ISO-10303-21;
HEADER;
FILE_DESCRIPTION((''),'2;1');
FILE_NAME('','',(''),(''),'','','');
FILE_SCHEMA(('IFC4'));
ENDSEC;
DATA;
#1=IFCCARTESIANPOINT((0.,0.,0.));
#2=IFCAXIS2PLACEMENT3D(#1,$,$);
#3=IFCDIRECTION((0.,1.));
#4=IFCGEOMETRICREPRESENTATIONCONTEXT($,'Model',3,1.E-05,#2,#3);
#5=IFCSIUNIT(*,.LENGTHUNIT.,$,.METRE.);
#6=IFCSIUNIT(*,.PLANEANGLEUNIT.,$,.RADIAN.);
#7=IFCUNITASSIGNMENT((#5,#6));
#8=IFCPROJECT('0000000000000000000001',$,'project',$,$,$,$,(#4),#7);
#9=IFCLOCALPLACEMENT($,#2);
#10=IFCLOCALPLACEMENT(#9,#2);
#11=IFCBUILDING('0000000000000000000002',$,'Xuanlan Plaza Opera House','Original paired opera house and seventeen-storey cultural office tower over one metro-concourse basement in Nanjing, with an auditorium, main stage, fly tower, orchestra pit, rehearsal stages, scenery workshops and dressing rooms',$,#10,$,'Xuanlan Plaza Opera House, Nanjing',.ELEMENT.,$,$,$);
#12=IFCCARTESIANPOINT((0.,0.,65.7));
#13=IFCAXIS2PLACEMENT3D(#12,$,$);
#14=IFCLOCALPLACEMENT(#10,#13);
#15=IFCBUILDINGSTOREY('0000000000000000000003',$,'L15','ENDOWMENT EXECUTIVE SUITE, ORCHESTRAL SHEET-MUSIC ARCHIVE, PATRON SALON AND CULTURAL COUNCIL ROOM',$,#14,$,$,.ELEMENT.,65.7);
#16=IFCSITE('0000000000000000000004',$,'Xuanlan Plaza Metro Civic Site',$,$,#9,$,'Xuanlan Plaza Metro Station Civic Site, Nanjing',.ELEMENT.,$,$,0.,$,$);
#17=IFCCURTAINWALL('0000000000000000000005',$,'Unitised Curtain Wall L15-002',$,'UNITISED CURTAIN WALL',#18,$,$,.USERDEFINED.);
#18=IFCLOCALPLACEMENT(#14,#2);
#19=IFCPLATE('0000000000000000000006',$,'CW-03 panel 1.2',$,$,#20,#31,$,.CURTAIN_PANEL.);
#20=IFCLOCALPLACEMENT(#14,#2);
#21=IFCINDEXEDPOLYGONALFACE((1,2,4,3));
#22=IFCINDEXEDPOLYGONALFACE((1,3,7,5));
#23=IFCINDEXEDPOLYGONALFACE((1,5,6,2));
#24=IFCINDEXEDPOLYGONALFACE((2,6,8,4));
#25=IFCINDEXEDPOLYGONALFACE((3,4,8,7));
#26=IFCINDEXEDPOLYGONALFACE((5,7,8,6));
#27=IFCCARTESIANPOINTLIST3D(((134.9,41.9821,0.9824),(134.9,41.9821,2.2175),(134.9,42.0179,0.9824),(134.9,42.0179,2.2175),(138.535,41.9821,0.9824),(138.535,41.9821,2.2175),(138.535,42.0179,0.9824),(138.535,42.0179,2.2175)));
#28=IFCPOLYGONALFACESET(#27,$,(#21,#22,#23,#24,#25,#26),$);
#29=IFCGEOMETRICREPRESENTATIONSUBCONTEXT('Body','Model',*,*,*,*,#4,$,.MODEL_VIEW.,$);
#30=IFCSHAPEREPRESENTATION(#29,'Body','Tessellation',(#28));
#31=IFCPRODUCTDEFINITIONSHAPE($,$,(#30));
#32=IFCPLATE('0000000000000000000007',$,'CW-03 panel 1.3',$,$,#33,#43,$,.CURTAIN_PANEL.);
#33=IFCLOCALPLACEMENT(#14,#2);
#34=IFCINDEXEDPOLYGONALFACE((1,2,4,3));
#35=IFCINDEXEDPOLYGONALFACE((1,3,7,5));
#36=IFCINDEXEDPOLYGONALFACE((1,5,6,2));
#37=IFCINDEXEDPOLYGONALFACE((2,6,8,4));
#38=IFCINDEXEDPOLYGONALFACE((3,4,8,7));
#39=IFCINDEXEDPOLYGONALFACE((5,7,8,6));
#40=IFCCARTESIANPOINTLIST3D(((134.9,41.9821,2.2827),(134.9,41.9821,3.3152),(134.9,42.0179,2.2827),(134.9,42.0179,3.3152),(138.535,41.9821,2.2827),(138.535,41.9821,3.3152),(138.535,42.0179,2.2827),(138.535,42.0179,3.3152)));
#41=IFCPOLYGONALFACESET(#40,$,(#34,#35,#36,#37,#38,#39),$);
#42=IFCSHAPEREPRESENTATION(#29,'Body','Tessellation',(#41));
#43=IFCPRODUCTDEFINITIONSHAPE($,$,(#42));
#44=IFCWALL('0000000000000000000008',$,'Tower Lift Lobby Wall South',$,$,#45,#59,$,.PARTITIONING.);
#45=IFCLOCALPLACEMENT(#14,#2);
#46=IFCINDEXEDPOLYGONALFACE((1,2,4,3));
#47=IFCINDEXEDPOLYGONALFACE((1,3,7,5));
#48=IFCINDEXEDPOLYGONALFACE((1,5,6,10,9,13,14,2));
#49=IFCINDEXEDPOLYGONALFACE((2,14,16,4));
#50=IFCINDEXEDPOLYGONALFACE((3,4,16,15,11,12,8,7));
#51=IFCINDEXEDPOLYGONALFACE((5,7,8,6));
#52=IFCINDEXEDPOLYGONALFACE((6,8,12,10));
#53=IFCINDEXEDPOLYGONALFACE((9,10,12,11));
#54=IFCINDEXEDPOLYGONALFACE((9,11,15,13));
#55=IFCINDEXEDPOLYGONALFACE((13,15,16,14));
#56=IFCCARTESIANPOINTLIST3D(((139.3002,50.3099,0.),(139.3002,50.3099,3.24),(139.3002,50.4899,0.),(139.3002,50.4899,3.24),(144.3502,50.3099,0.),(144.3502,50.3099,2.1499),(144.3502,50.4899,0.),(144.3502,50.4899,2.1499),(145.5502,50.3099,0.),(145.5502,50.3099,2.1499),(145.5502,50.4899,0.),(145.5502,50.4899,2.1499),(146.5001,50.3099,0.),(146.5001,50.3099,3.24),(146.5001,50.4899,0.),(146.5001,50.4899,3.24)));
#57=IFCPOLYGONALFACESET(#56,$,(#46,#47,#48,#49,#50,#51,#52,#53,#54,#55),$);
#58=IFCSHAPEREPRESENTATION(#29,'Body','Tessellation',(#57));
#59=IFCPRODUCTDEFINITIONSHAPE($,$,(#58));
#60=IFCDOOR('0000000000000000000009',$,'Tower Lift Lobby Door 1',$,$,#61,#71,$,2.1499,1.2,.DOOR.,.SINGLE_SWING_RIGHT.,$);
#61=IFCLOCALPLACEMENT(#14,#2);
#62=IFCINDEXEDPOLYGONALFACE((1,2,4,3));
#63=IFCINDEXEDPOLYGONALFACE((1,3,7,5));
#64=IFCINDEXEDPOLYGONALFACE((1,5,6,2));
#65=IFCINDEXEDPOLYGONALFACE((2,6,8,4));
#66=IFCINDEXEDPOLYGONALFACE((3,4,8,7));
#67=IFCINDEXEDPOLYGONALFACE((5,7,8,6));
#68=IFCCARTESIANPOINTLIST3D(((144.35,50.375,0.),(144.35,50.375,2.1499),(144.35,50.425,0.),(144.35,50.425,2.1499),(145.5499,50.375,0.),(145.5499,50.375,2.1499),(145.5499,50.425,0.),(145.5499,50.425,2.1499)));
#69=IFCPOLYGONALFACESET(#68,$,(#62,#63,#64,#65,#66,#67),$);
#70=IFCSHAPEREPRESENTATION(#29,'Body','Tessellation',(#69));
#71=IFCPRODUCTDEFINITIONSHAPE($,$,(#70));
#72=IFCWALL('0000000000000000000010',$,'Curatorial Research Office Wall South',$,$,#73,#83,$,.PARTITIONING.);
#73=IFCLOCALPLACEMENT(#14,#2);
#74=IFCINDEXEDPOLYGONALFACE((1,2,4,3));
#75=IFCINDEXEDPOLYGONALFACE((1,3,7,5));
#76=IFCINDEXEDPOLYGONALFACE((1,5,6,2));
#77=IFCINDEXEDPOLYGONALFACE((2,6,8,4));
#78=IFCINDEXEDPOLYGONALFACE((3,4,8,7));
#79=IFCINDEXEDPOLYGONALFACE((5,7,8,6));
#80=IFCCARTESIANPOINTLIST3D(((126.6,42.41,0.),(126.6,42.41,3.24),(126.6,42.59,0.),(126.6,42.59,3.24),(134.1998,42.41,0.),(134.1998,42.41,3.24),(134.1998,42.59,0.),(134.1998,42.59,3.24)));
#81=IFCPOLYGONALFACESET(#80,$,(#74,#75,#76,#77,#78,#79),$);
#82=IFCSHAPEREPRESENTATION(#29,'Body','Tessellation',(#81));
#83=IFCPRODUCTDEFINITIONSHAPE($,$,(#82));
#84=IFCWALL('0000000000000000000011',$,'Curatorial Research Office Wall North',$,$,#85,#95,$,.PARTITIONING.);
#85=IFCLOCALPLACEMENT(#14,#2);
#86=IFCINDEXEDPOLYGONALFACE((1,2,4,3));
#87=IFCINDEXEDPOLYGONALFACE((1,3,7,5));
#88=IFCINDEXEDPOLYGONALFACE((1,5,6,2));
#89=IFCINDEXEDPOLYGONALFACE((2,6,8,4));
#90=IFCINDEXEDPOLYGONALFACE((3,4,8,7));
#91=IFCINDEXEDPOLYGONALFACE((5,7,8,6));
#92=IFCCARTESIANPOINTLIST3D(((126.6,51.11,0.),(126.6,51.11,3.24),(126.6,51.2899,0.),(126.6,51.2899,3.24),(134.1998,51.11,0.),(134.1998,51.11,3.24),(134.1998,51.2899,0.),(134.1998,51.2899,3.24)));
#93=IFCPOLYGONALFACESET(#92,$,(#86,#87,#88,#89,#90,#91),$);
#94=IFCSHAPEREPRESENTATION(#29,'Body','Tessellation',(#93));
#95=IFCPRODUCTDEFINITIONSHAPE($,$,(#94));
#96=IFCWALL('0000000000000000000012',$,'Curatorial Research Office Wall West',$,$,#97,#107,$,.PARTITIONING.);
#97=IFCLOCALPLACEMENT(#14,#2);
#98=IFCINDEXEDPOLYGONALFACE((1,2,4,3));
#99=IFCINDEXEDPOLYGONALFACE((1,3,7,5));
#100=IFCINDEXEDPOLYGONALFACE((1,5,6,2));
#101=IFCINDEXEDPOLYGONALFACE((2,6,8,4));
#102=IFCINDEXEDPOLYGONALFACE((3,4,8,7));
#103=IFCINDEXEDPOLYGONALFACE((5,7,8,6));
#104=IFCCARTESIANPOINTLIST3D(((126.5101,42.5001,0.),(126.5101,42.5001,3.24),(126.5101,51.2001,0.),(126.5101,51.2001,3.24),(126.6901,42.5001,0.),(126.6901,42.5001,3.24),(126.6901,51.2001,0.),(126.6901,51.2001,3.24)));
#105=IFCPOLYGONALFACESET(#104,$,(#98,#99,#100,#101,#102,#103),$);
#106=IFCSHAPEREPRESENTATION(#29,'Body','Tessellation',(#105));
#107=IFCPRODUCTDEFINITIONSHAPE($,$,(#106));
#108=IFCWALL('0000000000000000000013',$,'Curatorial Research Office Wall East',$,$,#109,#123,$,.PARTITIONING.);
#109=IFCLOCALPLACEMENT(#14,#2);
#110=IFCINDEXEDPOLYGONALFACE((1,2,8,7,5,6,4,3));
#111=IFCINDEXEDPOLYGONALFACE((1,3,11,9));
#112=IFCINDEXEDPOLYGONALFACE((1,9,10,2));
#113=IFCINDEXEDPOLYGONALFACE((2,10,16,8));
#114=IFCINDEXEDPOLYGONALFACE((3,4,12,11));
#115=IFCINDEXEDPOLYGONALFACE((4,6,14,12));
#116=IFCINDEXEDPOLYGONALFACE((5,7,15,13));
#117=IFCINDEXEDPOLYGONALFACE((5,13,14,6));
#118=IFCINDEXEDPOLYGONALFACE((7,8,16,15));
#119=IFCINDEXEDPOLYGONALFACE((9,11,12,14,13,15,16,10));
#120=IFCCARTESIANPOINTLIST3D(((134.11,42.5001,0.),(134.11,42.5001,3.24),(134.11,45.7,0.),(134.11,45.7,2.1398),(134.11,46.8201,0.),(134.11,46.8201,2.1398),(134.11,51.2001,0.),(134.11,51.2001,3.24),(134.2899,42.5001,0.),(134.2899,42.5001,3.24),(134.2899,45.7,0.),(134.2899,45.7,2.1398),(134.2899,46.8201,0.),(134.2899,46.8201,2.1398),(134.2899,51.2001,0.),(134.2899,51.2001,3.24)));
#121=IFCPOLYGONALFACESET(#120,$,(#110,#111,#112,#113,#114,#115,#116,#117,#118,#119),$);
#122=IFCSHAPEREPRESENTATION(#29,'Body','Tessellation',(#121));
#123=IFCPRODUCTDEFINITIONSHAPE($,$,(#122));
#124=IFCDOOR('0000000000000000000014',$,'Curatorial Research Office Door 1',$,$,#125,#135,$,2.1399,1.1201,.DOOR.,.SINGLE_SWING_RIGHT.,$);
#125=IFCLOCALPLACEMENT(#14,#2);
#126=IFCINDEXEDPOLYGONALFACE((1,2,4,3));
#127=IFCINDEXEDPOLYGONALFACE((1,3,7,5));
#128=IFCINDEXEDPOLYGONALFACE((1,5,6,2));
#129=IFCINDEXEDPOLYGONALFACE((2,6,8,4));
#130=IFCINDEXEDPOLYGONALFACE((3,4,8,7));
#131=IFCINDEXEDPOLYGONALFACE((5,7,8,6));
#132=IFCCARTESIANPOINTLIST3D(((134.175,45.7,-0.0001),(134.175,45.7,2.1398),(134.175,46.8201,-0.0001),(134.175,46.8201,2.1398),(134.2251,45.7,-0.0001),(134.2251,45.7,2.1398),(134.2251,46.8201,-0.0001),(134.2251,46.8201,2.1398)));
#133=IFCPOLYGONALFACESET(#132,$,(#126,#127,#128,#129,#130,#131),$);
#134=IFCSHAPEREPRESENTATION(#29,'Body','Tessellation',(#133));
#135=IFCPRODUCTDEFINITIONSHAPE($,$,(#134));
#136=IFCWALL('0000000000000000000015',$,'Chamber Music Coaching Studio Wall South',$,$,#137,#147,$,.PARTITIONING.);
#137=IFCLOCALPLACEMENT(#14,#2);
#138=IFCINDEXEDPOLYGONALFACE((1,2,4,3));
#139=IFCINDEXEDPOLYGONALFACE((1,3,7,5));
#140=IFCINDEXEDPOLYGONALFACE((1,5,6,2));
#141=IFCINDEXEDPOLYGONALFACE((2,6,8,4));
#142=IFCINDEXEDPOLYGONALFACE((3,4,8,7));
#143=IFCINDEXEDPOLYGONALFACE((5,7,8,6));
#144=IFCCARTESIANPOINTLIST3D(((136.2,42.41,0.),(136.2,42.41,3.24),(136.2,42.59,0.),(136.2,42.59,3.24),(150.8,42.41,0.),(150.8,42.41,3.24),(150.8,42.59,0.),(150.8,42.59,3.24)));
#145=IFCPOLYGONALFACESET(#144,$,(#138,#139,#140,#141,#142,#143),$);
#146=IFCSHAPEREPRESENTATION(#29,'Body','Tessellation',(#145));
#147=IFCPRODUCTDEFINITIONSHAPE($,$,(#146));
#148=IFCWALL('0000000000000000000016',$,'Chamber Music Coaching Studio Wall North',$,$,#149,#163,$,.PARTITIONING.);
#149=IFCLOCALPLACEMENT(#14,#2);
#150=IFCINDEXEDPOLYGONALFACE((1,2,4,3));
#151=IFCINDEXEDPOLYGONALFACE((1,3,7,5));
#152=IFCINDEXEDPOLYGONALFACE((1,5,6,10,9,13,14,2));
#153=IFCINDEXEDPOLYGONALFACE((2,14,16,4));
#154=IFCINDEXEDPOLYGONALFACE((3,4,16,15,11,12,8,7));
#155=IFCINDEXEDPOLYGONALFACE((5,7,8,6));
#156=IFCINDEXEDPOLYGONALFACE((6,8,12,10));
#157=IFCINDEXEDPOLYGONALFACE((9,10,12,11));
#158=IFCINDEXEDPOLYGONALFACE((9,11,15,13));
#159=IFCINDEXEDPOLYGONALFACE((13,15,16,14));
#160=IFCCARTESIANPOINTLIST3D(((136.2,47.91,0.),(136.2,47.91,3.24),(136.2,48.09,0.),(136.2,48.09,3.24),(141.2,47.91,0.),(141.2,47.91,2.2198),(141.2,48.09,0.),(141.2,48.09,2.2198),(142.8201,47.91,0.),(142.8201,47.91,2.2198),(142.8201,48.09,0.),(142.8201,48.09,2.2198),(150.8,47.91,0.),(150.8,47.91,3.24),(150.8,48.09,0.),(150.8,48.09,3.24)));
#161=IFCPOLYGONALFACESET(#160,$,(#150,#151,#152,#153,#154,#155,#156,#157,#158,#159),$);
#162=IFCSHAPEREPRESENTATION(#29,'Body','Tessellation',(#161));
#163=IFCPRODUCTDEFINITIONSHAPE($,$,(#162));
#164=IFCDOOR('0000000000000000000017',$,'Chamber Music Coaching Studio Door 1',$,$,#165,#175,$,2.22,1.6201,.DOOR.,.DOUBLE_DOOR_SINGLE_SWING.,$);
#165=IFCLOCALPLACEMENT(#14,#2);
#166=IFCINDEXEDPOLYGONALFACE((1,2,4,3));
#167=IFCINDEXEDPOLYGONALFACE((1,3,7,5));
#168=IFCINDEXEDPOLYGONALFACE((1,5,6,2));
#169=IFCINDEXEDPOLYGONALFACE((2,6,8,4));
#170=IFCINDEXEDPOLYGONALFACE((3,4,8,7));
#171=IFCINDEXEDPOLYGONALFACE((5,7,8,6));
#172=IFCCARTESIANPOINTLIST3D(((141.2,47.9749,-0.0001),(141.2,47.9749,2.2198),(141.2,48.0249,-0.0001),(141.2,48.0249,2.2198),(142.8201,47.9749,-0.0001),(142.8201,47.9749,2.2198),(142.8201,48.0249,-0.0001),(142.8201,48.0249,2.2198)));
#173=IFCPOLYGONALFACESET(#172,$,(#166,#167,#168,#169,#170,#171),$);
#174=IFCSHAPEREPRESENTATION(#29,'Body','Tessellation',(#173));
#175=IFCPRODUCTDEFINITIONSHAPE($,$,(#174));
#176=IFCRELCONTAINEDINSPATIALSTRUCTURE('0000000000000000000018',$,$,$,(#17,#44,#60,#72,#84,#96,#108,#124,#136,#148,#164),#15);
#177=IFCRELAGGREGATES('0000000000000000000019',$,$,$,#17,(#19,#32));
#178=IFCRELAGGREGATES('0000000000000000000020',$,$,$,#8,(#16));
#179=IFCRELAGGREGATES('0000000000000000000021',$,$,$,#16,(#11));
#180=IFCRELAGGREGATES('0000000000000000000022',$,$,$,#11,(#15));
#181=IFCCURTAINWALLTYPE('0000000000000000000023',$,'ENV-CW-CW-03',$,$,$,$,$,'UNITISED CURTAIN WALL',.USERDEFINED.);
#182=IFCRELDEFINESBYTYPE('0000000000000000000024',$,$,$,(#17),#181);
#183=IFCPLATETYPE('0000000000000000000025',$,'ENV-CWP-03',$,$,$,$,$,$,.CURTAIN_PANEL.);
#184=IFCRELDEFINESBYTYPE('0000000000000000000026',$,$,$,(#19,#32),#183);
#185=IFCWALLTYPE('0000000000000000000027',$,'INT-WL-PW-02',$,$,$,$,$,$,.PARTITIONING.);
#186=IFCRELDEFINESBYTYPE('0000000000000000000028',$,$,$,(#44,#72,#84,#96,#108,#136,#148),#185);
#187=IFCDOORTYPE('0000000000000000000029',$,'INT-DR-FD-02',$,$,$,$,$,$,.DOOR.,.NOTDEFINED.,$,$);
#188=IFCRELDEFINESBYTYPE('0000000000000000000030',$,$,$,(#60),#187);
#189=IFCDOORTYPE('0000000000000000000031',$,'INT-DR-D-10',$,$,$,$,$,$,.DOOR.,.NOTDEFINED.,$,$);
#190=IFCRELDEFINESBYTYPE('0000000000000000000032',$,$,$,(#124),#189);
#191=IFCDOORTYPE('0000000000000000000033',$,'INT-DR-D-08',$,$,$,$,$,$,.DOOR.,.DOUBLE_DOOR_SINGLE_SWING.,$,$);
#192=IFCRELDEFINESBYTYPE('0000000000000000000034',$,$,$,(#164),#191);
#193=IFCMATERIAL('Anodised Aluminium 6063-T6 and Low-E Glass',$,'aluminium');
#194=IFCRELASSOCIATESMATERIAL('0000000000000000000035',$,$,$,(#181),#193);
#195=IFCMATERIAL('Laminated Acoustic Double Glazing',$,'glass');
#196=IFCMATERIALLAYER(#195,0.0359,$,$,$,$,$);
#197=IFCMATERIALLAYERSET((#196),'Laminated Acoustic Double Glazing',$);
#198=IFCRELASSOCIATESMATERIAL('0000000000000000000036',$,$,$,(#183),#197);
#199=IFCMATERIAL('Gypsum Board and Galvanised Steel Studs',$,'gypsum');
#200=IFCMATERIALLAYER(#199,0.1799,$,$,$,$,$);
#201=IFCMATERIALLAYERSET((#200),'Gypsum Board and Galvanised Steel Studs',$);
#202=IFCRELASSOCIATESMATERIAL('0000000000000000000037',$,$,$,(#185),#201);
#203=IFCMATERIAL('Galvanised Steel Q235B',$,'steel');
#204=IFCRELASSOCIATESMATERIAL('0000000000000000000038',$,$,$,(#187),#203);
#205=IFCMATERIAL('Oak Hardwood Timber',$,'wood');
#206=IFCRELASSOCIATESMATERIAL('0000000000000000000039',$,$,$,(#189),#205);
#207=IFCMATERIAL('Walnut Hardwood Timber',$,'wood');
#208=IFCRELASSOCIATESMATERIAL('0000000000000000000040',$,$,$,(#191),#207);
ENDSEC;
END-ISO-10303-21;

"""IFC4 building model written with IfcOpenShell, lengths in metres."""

from ifc_helpers import new_model, si_unit, direction, frame, frame_2d, origin, origin_2d, place, context, subcontext, project, spatial, rectangle, extrude, material, layer, layer_set, type_object, element, fill, aggregate, save


model = new_model("IFC4")

# Units and contexts
model_context = context("Model", 3, precision=1e-05, world=origin(), true_north=direction((0.0, 1.0)))
body_context = subcontext(model_context, "Body", "Model", "MODEL_VIEW")
ifc_project = project(units=[si_unit("LENGTHUNIT", "METRE"), si_unit("PLANEANGLEUNIT", "RADIAN")], contexts=[model_context])

# Site, building, storey
site_placement = place(None, origin())
site = spatial("IfcSite", under=ifc_project, at=site_placement, Name="Xuanlan Plaza Metro Civic Site", LongName="Xuanlan Plaza Metro Station Civic Site, Nanjing", CompositionType="ELEMENT", RefElevation=0.0)
building_placement = place(site_placement, origin())
building = spatial("IfcBuilding", under=site, at=building_placement, Name="Xuanlan Plaza Opera House", Description="Original paired opera house and seventeen-storey cultural office tower over one metro-concourse basement in Nanjing, with an auditorium, main stage, fly tower, orchestra pit, rehearsal stages, scenery workshops and dressing rooms", LongName="Xuanlan Plaza Opera House, Nanjing", CompositionType="ELEMENT")
storey_placement = place(building_placement, frame((0.0, 0.0, 65.7)))
storey = spatial("IfcBuildingStorey", under=building, at=storey_placement, Name="L15", Description="ENDOWMENT EXECUTIVE SUITE, ORCHESTRAL SHEET-MUSIC ARCHIVE, PATRON SALON AND CULTURAL COUNCIL ROOM", CompositionType="ELEMENT", Elevation=65.7)

# Curtain wall
ifc_material_1 = material(Name="Anodised Aluminium 6063-T6 and Low-E Glass", Category="aluminium")
curtain_wall_type = type_object("IfcCurtainWallType", Name="ENV-CW-CW-03", ElementType="UNITISED CURTAIN WALL", PredefinedType="USERDEFINED", material=ifc_material_1)
curtain_wall_placement = place(storey_placement, origin())
curtain_wall = element("IfcCurtainWall", 1, at=curtain_wall_placement, inside=storey, type_object=curtain_wall_type, Name="Unitised Curtain Wall L15-002", ObjectType="UNITISED CURTAIN WALL", PredefinedType="USERDEFINED")

# Plates
ifc_material_2 = material(Name="Laminated Acoustic Double Glazing", Category="glass")
ifc_layer_1 = layer(ifc_material_2, 0.0359)
ifc_layer_set_1 = layer_set([ifc_layer_1], Name="Laminated Acoustic Double Glazing")
plate_type = type_object("IfcPlateType", Name="ENV-CWP-03", PredefinedType="CURTAIN_PANEL", material=ifc_layer_set_1)
plate_1_placement = place(storey_placement, frame((136.7175, 42.0, 0.9824), z_axis=(0.0, 0.0, 1.0), x_axis=(1.0, 0.0, 0.0)))
plate_1 = element("IfcPlate", 2, at=plate_1_placement, type_object=plate_type, Name="CW-03 panel 1.2", PredefinedType="CURTAIN_PANEL", context=body_context, shape_type="SweptSolid", body=[
    extrude(rectangle(XDim=3.635, YDim=0.0359, at=origin_2d()), origin(), (0.0, 0.0, 1.0), 1.2351),
])
plate_2_placement = place(storey_placement, frame((136.7175, 42.0, 2.2827), z_axis=(0.0, 0.0, 1.0), x_axis=(1.0, 0.0, 0.0)))
plate_2 = element("IfcPlate", 3, at=plate_2_placement, type_object=plate_type, Name="CW-03 panel 1.3", PredefinedType="CURTAIN_PANEL", context=body_context, shape_type="SweptSolid", body=[
    extrude(rectangle(XDim=3.635, YDim=0.0359, at=origin_2d()), origin(), (0.0, 0.0, 1.0), 1.0325),
])
aggregate(curtain_wall, [plate_1, plate_2])

# Wall, opening, door
ifc_material_3 = material(Name="Gypsum Board and Galvanised Steel Studs", Category="gypsum")
ifc_layer_2 = layer(ifc_material_3, 0.1799)
ifc_layer_set_2 = layer_set([ifc_layer_2], Name="Gypsum Board and Galvanised Steel Studs")
wall_type_1 = type_object("IfcWallType", Name="INT-WL-PW-02", PredefinedType="PARTITIONING", material=ifc_layer_set_2)
wall_1_placement = place(storey_placement, frame((139.3, 50.3999, 0.0), z_axis=(0.0, 0.0, 1.0), x_axis=(1.0, 0.0, 0.0)))
wall_1 = element("IfcWall", 4, at=wall_1_placement, inside=storey, type_object=wall_type_1, Name="Tower Lift Lobby Wall South", PredefinedType="PARTITIONING", context=body_context, shape_type="SweptSolid", body=[
    extrude(rectangle(XDim=7.2, YDim=0.1799, at=frame_2d((3.6001, 0.0))), origin(), (0.0, 0.0, 1.0), 3.24),
])
opening_1_placement = place(wall_1_placement, frame((5.05, 0.0, 0.0)))
opening_1 = element("IfcOpeningElement", 5, at=opening_1_placement, cuts=wall_1, PredefinedType="OPENING", context=body_context, shape_type="SweptSolid", body=[
    extrude(rectangle(XDim=1.2, YDim=2.1499, at=frame_2d((0.6001, 1.075))), frame((0.0, 0.0999, 0.0), z_axis=(0.0, -1.0, 0.0), x_axis=(1.0, 0.0, 0.0)), (0.0, 0.0, 1.0), 0.2),
])
ifc_material_4 = material(Name="Galvanised Steel Q235B", Category="steel")
door_type_1 = type_object("IfcDoorType", Name="INT-DR-FD-02", OperationType="NOTDEFINED", PredefinedType="DOOR", material=ifc_material_4)
door_1_placement = place(opening_1_placement, frame((1.2, 0.0, 0.0), z_axis=(0.0, 0.0, 1.0), x_axis=(-1.0, 0.0, 0.0)))
door_1 = element("IfcDoor", 6, at=door_1_placement, inside=storey, type_object=door_type_1, Name="Tower Lift Lobby Door 1", OperationType="SINGLE_SWING_RIGHT", OverallHeight=2.1499, OverallWidth=1.2, PredefinedType="DOOR", context=body_context, shape_type="SweptSolid", body=[
    extrude(rectangle(XDim=1.2, YDim=2.1499, at=frame_2d((0.6001, 1.075))), frame((0.0, 0.0249, 0.0), z_axis=(0.0, -1.0, 0.0), x_axis=(1.0, 0.0, 0.0)), (0.0, 0.0, 1.0), 0.05),
])
fill(opening_1, door_1)

# Walls
for number, where, z_axis, x_axis, name in (
    (7, (126.6001, 42.5, 0.0), (0.0, 0.0, 1.0), (1.0, 0.0, 0.0), "Curatorial Research Office Wall South"),
    (8, (126.6001, 51.2, 0.0), (0.0, 0.0, 1.0), (1.0, 0.0, 0.0), "Curatorial Research Office Wall North"),
):
    element("IfcWall", number, at=place(storey_placement, frame(where, z_axis=z_axis, x_axis=x_axis)), inside=storey, type_object=wall_type_1, Name=name, PredefinedType="PARTITIONING", context=body_context, shape_type="SweptSolid", body=[
        extrude(rectangle(XDim=7.5999, YDim=0.1799, at=frame_2d((3.7998, 0.0))), origin(), (0.0, 0.0, 1.0), 3.24),
    ])
wall_2_placement = place(storey_placement, frame((126.6001, 42.5, 0.0), z_axis=(0.0, 0.0, 1.0), x_axis=(0.0, 1.0, 0.0)))
element("IfcWall", 9, at=wall_2_placement, inside=storey, type_object=wall_type_1, Name="Curatorial Research Office Wall West", PredefinedType="PARTITIONING", context=body_context, shape_type="SweptSolid", body=[
    extrude(rectangle(XDim=8.7, YDim=0.1799, at=frame_2d((4.3501, 0.0))), origin(), (0.0, 0.0, 1.0), 3.24),
])

# Wall, opening, door
wall_3_placement = place(storey_placement, frame((134.2, 42.5, 0.0), z_axis=(0.0, 0.0, 1.0), x_axis=(0.0, 1.0, 0.0)))
wall_3 = element("IfcWall", 10, at=wall_3_placement, inside=storey, type_object=wall_type_1, Name="Curatorial Research Office Wall East", PredefinedType="PARTITIONING", context=body_context, shape_type="SweptSolid", body=[
    extrude(rectangle(XDim=8.7, YDim=0.1799, at=frame_2d((4.3501, 0.0))), origin(), (0.0, 0.0, 1.0), 3.24),
])
opening_2_placement = place(wall_3_placement, frame((3.2, 0.0, 0.0)))
opening_2 = element("IfcOpeningElement", 11, at=opening_2_placement, cuts=wall_3, PredefinedType="OPENING", context=body_context, shape_type="SweptSolid", body=[
    extrude(rectangle(XDim=1.1201, YDim=2.1399, at=frame_2d((0.5601, 1.0698))), frame((0.0, 0.0999, 0.0), z_axis=(0.0, -1.0, 0.0), x_axis=(1.0, 0.0, 0.0)), (0.0, 0.0, 1.0), 0.2),
])
ifc_material_5 = material(Name="Oak Hardwood Timber", Category="wood")
door_type_2 = type_object("IfcDoorType", Name="INT-DR-D-10", OperationType="NOTDEFINED", PredefinedType="DOOR", material=ifc_material_5)
door_2_placement = place(opening_2_placement, origin())
door_2 = element("IfcDoor", 12, at=door_2_placement, inside=storey, type_object=door_type_2, Name="Curatorial Research Office Door 1", OperationType="SINGLE_SWING_RIGHT", OverallHeight=2.1399, OverallWidth=1.1201, PredefinedType="DOOR", context=body_context, shape_type="SweptSolid", body=[
    extrude(rectangle(XDim=1.1201, YDim=2.1399, at=frame_2d((0.5601, 1.0698))), frame((0.0, 0.0249, 0.0), z_axis=(0.0, -1.0, 0.0), x_axis=(1.0, 0.0, 0.0)), (0.0, 0.0, 1.0), 0.05),
])
fill(opening_2, door_2)

# Wall
wall_4_placement = place(storey_placement, frame((136.2, 42.5, 0.0), z_axis=(0.0, 0.0, 1.0), x_axis=(1.0, 0.0, 0.0)))
element("IfcWall", 13, at=wall_4_placement, inside=storey, type_object=wall_type_1, Name="Chamber Music Coaching Studio Wall South", PredefinedType="PARTITIONING", context=body_context, shape_type="SweptSolid", body=[
    extrude(rectangle(XDim=14.6001, YDim=0.1799, at=frame_2d((7.3, 0.0))), origin(), (0.0, 0.0, 1.0), 3.24),
])

# Wall, opening, door
wall_5_placement = place(storey_placement, frame((136.2, 48.0, 0.0), z_axis=(0.0, 0.0, 1.0), x_axis=(1.0, 0.0, 0.0)))
wall_5 = element("IfcWall", 14, at=wall_5_placement, inside=storey, type_object=wall_type_1, Name="Chamber Music Coaching Studio Wall North", PredefinedType="PARTITIONING", context=body_context, shape_type="SweptSolid", body=[
    extrude(rectangle(XDim=14.6001, YDim=0.1799, at=frame_2d((7.3, 0.0))), origin(), (0.0, 0.0, 1.0), 3.24),
])
opening_3_placement = place(wall_5_placement, frame((5.0, 0.0, 0.0)))
opening_3 = element("IfcOpeningElement", 15, at=opening_3_placement, cuts=wall_5, PredefinedType="OPENING", context=body_context, shape_type="SweptSolid", body=[
    extrude(rectangle(XDim=1.6201, YDim=2.22, at=frame_2d((0.8101, 1.1099))), frame((0.0, 0.0999, 0.0), z_axis=(0.0, -1.0, 0.0), x_axis=(1.0, 0.0, 0.0)), (0.0, 0.0, 1.0), 0.2),
])
ifc_material_6 = material(Name="Walnut Hardwood Timber", Category="wood")
door_type_3 = type_object("IfcDoorType", Name="INT-DR-D-08", OperationType="DOUBLE_DOOR_SINGLE_SWING", PredefinedType="DOOR", material=ifc_material_6)
door_3_placement = place(opening_3_placement, origin())
door_3 = element("IfcDoor", 16, at=door_3_placement, inside=storey, type_object=door_type_3, Name="Chamber Music Coaching Studio Door 1", OperationType="DOUBLE_DOOR_SINGLE_SWING", OverallHeight=2.22, OverallWidth=1.6201, PredefinedType="DOOR", context=body_context, shape_type="SweptSolid", body=[
    extrude(rectangle(XDim=1.6201, YDim=2.22, at=frame_2d((0.8101, 1.1099))), frame((0.0, 0.0249, 0.0), z_axis=(0.0, -1.0, 0.0), x_axis=(1.0, 0.0, 0.0)), (0.0, 0.0, 1.0), 0.05),
])
fill(opening_3, door_3)

save(model, "model.ifc")
